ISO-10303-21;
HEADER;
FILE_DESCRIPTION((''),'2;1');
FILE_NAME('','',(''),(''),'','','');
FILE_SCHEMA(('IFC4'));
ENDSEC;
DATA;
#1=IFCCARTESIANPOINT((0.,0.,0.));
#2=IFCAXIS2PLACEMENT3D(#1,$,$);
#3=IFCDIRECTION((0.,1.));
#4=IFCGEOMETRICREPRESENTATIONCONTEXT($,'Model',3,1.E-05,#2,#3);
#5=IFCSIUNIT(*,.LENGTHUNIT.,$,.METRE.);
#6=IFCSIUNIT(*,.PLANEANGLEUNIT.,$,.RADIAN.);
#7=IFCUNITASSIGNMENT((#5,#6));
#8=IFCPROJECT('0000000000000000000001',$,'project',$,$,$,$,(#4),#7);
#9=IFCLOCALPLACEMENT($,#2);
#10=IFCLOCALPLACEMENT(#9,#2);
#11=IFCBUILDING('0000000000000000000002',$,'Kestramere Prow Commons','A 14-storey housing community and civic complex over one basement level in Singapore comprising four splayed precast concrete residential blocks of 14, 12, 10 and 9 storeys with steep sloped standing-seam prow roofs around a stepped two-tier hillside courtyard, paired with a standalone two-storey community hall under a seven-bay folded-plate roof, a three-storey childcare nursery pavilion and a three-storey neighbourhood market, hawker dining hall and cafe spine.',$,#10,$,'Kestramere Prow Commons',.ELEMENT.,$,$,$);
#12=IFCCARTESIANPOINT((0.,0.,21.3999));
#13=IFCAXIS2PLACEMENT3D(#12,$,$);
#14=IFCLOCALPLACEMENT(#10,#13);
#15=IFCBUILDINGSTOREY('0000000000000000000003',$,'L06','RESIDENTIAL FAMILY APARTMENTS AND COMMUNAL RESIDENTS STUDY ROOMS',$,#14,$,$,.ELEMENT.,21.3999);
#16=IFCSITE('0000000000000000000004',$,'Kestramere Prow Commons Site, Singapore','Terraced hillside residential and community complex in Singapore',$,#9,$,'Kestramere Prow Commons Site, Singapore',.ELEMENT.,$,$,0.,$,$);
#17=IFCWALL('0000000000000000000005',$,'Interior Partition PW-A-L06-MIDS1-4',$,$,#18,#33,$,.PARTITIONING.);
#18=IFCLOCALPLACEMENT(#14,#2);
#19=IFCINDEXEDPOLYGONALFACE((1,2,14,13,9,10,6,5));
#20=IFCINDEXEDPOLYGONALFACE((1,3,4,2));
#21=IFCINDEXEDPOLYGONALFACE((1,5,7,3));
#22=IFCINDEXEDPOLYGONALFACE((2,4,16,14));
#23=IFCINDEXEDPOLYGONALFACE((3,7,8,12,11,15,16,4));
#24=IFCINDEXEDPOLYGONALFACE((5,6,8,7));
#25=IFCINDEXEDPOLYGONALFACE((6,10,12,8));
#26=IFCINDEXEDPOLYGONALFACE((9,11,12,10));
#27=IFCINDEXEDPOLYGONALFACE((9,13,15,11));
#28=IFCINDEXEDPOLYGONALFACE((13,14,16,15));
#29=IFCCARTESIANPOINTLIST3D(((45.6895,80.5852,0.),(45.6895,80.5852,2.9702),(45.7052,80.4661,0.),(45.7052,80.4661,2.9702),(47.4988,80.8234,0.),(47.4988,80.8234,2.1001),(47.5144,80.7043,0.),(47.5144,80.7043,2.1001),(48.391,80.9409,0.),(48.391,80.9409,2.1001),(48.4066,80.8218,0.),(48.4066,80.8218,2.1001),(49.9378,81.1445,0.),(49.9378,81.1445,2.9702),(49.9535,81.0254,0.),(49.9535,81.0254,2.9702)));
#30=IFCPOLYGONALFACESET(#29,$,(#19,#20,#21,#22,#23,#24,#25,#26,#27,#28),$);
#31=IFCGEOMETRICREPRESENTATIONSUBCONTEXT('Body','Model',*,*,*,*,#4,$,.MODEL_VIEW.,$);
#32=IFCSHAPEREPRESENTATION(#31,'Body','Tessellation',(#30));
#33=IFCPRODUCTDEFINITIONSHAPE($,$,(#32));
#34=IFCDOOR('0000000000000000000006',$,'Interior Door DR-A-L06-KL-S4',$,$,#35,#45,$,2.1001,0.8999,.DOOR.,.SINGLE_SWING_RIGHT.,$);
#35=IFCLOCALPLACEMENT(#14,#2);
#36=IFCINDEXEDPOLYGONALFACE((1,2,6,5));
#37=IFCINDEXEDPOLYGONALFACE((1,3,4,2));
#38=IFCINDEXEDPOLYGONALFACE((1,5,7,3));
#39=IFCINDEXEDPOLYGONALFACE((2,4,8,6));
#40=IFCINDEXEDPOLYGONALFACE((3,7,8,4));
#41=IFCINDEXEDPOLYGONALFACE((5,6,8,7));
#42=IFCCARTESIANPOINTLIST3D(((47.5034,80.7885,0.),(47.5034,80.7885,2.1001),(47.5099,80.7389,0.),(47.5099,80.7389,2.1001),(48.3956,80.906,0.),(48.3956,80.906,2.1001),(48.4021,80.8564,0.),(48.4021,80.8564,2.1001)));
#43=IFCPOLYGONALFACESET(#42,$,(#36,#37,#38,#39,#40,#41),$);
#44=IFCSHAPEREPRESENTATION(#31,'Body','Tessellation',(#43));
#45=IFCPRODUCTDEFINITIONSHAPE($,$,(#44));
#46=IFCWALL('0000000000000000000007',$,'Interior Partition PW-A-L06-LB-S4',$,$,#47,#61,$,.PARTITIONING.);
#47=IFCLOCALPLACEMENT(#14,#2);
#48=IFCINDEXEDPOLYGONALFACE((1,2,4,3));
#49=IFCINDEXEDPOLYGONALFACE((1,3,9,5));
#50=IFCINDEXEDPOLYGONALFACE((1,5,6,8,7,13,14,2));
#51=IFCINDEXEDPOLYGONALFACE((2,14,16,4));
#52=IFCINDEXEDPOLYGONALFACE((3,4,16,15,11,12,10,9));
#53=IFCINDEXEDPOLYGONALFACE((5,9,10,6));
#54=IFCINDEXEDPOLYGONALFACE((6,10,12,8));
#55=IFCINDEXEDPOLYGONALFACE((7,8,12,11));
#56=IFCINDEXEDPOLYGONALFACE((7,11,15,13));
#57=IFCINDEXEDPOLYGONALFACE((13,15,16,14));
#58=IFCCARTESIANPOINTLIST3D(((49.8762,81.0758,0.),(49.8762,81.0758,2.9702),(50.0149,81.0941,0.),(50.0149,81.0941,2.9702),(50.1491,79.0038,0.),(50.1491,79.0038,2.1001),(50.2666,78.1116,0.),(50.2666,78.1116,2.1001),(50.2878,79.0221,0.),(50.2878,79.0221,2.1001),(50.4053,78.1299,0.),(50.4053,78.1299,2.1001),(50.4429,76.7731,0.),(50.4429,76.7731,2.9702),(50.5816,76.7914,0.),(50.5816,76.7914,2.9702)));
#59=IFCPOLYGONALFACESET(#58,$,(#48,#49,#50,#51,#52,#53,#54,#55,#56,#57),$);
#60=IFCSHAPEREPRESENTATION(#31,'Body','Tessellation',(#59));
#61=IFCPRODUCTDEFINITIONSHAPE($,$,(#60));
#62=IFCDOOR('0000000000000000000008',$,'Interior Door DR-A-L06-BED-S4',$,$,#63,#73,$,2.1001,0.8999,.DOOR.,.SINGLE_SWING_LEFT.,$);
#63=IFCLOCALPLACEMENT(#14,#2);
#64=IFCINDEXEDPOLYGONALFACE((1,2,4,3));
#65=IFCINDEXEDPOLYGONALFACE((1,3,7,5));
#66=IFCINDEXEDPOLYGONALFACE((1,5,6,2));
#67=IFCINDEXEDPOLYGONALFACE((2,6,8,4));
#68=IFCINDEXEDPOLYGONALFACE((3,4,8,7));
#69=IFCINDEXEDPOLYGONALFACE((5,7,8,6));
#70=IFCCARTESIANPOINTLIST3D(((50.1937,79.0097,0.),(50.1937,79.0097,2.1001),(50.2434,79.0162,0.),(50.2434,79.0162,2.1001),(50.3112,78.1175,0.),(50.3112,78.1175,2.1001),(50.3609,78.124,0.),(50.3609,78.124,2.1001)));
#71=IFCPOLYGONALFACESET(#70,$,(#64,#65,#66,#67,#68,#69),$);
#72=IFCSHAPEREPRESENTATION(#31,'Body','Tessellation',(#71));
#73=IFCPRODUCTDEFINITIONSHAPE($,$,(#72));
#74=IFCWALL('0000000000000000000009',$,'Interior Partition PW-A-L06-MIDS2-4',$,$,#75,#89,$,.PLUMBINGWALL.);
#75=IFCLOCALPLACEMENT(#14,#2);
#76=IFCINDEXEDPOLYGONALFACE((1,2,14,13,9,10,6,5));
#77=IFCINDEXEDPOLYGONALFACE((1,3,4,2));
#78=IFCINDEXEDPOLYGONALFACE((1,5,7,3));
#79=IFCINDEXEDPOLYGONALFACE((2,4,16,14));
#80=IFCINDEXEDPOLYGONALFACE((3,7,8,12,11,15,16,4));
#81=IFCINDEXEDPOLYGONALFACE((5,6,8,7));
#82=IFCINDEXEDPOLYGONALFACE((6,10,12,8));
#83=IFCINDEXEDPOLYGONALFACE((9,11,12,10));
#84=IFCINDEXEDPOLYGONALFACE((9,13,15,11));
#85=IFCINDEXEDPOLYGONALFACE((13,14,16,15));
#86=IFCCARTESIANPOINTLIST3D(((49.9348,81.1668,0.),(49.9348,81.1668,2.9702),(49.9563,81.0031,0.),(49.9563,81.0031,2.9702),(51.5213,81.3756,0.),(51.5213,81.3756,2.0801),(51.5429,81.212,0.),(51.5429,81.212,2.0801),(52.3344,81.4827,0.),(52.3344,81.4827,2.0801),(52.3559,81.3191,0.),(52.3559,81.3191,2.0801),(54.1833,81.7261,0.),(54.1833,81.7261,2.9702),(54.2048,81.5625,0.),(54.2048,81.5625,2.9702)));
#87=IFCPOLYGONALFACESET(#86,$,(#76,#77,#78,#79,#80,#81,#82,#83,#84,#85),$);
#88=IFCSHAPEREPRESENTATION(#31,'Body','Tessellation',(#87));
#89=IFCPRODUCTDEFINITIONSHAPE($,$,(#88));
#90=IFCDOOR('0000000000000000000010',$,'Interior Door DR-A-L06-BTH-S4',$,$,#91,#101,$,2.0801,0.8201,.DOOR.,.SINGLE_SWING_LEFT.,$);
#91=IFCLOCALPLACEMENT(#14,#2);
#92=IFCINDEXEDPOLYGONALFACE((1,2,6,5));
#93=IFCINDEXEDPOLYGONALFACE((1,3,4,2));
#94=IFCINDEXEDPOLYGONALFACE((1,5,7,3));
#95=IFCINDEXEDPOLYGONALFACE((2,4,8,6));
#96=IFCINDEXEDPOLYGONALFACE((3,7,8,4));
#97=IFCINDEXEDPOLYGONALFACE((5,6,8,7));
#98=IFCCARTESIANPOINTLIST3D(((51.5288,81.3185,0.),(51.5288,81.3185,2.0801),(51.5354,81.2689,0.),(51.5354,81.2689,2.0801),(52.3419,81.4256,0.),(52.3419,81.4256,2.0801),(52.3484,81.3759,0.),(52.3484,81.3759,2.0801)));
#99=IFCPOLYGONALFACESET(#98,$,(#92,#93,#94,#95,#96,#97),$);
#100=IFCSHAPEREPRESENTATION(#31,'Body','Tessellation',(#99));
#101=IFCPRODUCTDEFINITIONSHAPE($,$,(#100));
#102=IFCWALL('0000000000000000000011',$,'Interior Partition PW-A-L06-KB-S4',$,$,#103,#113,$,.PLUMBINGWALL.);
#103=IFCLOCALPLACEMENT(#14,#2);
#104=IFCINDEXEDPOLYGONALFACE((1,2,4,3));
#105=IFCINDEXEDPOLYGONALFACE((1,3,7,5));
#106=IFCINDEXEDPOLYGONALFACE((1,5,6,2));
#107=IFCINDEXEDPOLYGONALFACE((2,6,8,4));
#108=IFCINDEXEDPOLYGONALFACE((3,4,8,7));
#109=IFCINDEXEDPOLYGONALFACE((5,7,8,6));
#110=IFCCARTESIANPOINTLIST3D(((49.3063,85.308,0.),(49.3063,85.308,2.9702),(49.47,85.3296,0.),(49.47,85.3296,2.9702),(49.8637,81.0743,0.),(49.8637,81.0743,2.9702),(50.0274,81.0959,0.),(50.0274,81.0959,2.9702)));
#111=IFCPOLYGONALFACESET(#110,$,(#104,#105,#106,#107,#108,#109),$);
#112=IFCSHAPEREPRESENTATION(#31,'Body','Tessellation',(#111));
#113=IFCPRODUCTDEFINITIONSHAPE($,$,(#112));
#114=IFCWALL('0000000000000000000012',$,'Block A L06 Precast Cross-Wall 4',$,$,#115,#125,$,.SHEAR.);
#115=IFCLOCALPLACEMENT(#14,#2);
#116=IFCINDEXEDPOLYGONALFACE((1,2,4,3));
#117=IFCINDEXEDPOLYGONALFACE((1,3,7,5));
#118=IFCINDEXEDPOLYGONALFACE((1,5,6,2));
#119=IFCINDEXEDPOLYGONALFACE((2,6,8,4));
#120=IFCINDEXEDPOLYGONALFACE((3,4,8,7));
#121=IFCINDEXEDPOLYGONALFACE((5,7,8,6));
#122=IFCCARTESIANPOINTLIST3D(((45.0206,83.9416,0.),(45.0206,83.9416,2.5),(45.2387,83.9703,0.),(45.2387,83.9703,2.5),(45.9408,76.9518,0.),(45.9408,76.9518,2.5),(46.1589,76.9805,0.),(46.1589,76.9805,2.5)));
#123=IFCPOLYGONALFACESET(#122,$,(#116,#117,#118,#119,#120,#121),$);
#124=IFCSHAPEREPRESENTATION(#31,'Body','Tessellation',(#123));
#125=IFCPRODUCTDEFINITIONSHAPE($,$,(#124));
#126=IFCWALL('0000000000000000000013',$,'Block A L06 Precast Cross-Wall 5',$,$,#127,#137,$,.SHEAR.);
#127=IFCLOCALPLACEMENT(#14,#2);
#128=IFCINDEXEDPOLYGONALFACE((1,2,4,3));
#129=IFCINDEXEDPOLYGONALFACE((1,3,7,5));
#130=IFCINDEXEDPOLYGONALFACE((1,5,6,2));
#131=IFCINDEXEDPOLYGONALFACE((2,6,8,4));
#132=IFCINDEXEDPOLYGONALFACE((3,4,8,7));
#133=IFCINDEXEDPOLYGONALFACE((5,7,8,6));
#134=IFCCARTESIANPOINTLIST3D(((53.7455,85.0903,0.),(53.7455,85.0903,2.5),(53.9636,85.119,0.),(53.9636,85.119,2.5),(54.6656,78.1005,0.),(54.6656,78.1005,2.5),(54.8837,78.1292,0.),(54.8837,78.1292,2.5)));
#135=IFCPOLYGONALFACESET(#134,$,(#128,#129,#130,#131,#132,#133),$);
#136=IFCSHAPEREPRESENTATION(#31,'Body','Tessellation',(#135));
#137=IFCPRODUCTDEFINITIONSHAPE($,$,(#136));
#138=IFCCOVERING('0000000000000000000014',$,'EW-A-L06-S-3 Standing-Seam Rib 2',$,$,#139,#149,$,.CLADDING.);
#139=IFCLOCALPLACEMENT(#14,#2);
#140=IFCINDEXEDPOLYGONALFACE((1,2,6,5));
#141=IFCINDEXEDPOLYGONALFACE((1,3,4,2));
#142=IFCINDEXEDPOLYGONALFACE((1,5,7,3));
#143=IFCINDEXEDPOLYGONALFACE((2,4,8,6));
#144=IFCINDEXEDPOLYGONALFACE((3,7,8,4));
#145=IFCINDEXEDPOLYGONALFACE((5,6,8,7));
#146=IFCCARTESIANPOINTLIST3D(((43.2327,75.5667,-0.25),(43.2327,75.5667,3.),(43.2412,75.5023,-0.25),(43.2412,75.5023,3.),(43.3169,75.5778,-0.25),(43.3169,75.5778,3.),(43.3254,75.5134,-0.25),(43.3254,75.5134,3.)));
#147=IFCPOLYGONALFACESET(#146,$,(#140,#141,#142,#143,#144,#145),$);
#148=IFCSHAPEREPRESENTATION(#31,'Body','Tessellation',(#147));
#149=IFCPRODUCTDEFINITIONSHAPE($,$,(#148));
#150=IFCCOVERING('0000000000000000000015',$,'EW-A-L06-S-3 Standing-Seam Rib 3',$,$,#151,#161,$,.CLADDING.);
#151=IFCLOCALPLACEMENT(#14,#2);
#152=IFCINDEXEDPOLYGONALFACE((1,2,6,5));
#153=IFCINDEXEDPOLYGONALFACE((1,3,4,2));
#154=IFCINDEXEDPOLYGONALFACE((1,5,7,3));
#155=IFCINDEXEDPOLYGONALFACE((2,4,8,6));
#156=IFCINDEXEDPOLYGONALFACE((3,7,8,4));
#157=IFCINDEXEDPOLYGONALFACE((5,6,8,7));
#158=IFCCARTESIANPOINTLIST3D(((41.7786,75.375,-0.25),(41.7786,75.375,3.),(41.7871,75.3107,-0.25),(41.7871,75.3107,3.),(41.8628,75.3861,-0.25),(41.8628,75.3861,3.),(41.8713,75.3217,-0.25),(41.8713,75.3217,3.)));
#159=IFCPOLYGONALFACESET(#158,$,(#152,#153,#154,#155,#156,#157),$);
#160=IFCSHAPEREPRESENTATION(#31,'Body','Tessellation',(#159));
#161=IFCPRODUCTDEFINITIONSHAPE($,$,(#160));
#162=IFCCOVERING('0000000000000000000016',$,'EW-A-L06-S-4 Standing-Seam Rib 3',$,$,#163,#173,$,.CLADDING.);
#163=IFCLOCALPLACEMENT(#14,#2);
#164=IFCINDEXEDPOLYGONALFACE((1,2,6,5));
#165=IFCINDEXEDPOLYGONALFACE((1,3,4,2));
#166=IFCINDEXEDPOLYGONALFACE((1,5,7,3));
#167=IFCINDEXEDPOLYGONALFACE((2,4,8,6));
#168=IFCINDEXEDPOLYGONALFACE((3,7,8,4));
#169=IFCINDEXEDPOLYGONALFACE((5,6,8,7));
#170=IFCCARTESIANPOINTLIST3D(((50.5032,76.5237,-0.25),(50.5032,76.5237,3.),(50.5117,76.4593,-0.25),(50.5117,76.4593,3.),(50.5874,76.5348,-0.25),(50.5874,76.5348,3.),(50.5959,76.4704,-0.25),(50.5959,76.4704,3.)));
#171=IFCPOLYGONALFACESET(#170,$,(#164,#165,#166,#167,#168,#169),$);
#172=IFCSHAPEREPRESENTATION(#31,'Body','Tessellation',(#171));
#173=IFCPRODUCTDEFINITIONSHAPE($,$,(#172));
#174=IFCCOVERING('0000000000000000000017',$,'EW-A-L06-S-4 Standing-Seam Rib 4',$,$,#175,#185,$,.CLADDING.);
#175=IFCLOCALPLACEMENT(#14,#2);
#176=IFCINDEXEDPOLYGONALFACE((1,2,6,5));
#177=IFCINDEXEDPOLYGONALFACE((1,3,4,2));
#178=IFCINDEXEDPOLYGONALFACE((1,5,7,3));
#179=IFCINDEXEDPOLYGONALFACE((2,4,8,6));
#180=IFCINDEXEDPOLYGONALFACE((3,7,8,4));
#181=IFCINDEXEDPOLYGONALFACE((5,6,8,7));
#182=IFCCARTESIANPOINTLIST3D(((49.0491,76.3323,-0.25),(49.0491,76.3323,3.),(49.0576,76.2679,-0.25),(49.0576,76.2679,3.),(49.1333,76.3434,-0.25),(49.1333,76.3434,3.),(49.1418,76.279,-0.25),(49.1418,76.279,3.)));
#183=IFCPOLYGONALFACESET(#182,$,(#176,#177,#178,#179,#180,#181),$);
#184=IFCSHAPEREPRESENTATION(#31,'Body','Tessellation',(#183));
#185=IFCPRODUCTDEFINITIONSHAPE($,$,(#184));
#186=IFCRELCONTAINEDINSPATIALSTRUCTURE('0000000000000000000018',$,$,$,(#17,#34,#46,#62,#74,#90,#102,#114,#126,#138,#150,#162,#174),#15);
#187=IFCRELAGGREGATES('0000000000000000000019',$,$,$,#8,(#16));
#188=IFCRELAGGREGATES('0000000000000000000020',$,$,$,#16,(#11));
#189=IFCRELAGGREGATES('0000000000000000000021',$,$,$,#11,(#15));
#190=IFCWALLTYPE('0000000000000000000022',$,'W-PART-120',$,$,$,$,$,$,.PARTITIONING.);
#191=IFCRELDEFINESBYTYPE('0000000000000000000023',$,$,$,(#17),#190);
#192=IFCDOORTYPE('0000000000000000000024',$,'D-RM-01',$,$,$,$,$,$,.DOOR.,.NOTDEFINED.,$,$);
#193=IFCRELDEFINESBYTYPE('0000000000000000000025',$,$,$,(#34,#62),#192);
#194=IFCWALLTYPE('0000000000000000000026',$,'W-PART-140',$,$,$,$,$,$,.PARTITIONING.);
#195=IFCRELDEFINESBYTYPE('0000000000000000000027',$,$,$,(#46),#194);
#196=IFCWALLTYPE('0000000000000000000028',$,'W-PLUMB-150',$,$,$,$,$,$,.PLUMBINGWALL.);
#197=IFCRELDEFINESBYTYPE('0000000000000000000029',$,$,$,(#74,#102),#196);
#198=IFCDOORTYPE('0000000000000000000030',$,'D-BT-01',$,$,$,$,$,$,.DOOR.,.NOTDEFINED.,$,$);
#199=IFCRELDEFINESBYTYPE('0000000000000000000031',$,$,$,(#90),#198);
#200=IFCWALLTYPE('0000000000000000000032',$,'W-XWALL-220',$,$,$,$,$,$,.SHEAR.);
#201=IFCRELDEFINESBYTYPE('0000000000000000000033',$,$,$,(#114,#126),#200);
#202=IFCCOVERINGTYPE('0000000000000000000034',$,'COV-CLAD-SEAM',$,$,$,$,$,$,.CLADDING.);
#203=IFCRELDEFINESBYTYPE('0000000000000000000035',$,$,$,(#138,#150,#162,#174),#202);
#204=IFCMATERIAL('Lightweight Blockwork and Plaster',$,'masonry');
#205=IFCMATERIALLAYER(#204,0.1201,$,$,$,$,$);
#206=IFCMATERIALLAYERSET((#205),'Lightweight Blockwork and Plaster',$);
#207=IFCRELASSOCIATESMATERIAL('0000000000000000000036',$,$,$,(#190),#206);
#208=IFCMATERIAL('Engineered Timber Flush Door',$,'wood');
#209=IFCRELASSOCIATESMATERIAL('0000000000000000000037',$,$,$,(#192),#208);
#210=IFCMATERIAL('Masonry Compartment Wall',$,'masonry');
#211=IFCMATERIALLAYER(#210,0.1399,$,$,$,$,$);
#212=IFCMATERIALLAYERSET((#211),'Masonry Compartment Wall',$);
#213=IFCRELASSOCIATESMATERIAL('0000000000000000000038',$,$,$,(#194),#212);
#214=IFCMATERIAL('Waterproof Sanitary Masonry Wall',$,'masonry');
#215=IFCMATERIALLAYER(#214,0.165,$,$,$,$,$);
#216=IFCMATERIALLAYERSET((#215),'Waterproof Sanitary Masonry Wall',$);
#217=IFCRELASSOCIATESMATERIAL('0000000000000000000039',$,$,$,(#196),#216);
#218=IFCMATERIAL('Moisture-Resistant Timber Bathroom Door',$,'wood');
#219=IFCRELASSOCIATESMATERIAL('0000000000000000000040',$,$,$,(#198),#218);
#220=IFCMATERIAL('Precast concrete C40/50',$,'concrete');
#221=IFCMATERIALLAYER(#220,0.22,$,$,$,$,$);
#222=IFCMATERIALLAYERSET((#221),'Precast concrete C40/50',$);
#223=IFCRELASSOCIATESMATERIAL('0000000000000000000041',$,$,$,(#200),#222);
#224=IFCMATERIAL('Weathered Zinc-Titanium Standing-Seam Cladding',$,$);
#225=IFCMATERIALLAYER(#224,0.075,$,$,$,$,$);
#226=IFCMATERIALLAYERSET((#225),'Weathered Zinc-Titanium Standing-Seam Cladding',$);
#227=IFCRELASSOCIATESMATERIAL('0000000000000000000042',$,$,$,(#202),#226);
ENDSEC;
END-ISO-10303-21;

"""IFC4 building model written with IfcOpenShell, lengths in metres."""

from ifc_helpers import new_model, si_unit, direction, frame, frame_2d, origin, origin_2d, place, context, subcontext, project, spatial, rectangle, extrude, material, layer, layer_set, type_object, element, fill, save


model = new_model("IFC4")

# Units and contexts
model_context = context("Model", 3, precision=1e-05, world=origin(), true_north=direction((0.0, 1.0)))
body_context = subcontext(model_context, "Body", "Model", "MODEL_VIEW")
ifc_project = project(units=[si_unit("LENGTHUNIT", "METRE"), si_unit("PLANEANGLEUNIT", "RADIAN")], contexts=[model_context])

# Site, building, storey
site_placement = place(None, origin())
site = spatial("IfcSite", under=ifc_project, at=site_placement, Name="Kestramere Prow Commons Site, Singapore", Description="Terraced hillside residential and community complex in Singapore", LongName="Kestramere Prow Commons Site, Singapore", CompositionType="ELEMENT", RefElevation=0.0)
building_placement = place(site_placement, origin())
building = spatial("IfcBuilding", under=site, at=building_placement, Name="Kestramere Prow Commons", Description="A 14-storey housing community and civic complex over one basement level in Singapore comprising four splayed precast concrete residential blocks of 14, 12, 10 and 9 storeys with steep sloped standing-seam prow roofs around a stepped two-tier hillside courtyard, paired with a standalone two-storey community hall under a seven-bay folded-plate roof, a three-storey childcare nursery pavilion and a three-storey neighbourhood market, hawker dining hall and cafe spine.", LongName="Kestramere Prow Commons", CompositionType="ELEMENT")
storey_placement = place(building_placement, frame((0.0, 0.0, 21.3999)))
storey = spatial("IfcBuildingStorey", under=building, at=storey_placement, Name="L06", Description="RESIDENTIAL FAMILY APARTMENTS AND COMMUNAL RESIDENTS STUDY ROOMS", CompositionType="ELEMENT", Elevation=21.3999)

# Shared definitions
ifc_material_1 = material(Name="Precast concrete C40/50", Category="concrete")

# Walls, openings, doors
ifc_material_2 = material(Name="Lightweight Blockwork and Plaster", Category="masonry")
ifc_layer_1 = layer(ifc_material_2, 0.1201)
ifc_layer_set_1 = layer_set([ifc_layer_1], Name="Lightweight Blockwork and Plaster")
wall_type_1 = type_object("IfcWallType", Name="W-PART-120", PredefinedType="PARTITIONING", material=ifc_layer_set_1)
wall_1_placement = place(storey_placement, frame((45.6973, 80.5256, 0.0), z_axis=(0.0, 0.0, 1.0), x_axis=(0.991444, 0.130533, 0.0)))
wall_1 = element("IfcWall", 1, at=wall_1_placement, inside=storey, type_object=wall_type_1, Name="Interior Partition PW-A-L06-MIDS1-4", PredefinedType="PARTITIONING", context=body_context, shape_type="SweptSolid", body=[
    extrude(rectangle(XDim=4.2849, YDim=0.1201, at=frame_2d((2.1426, 0.0))), origin(), (0.0, 0.0, 1.0), 2.9702),
])
opening_1_placement = place(wall_1_placement, frame((1.825, 0.0, 0.0)))
opening_1 = element("IfcOpeningElement", 2, at=opening_1_placement, cuts=wall_1, PredefinedType="OPENING", context=body_context, shape_type="SweptSolid", body=[
    extrude(rectangle(XDim=0.8999, YDim=2.1001, at=frame_2d((0.45, 1.05))), frame((0.0, 0.075, 0.0), z_axis=(0.0, -1.0, 0.0), x_axis=(1.0, 0.0, 0.0)), (0.0, 0.0, 1.0), 0.1501),
])
ifc_material_3 = material(Name="Engineered Timber Flush Door", Category="wood")
door_type_1 = type_object("IfcDoorType", Name="D-RM-01", OperationType="NOTDEFINED", PredefinedType="DOOR", material=ifc_material_3)
door_1_placement = place(opening_1_placement, origin())
door_1 = element("IfcDoor", 3, at=door_1_placement, inside=storey, type_object=door_type_1, Name="Interior Door DR-A-L06-KL-S4", OperationType="SINGLE_SWING_RIGHT", OverallHeight=2.1001, OverallWidth=0.8999, PredefinedType="DOOR", context=body_context, shape_type="SweptSolid", body=[
    extrude(rectangle(XDim=0.8999, YDim=2.1001, at=frame_2d((0.45, 1.05))), frame((0.0, 0.0249, 0.0), z_axis=(0.0, -1.0, 0.0), x_axis=(1.0, 0.0, 0.0)), (0.0, 0.0, 1.0), 0.05),
])
fill(opening_1, door_1)
ifc_material_4 = material(Name="Masonry Compartment Wall", Category="masonry")
ifc_layer_2 = layer(ifc_material_4, 0.1399)
ifc_layer_set_2 = layer_set([ifc_layer_2], Name="Masonry Compartment Wall")
wall_type_2 = type_object("IfcWallType", Name="W-PART-140", PredefinedType="PARTITIONING", material=ifc_layer_set_2)
wall_2_placement = place(storey_placement, frame((50.5122, 76.7822, 0.0), z_axis=(0.0, 0.0, 1.0), x_axis=(-0.130568, 0.991439, 0.0)))
wall_2 = element("IfcWall", 4, at=wall_2_placement, inside=storey, type_object=wall_type_2, Name="Interior Partition PW-A-L06-LB-S4", PredefinedType="PARTITIONING", context=body_context, shape_type="SweptSolid", body=[
    extrude(rectangle(XDim=4.3398, YDim=0.1399, at=frame_2d((2.1699, 0.0))), origin(), (0.0, 0.0, 1.0), 2.9702),
])
opening_2_placement = place(wall_2_placement, frame((1.3501, 0.0, 0.0)))
opening_2 = element("IfcOpeningElement", 5, at=opening_2_placement, cuts=wall_2, PredefinedType="OPENING", context=body_context, shape_type="SweptSolid", body=[
    extrude(rectangle(XDim=0.8999, YDim=2.1001, at=frame_2d((0.45, 1.05))), frame((0.0, 0.085, 0.0), z_axis=(0.0, -1.0, 0.0), x_axis=(1.0, 0.0, 0.0)), (0.0, 0.0, 1.0), 0.1699),
])
door_2_placement = place(opening_2_placement, origin())
door_2 = element("IfcDoor", 6, at=door_2_placement, inside=storey, type_object=door_type_1, Name="Interior Door DR-A-L06-BED-S4", OperationType="SINGLE_SWING_LEFT", OverallHeight=2.1001, OverallWidth=0.8999, PredefinedType="DOOR", context=body_context, shape_type="SweptSolid", body=[
    extrude(rectangle(XDim=0.8999, YDim=2.1001, at=frame_2d((0.45, 1.05))), frame((0.0, 0.0249, 0.0), z_axis=(0.0, -1.0, 0.0), x_axis=(1.0, 0.0, 0.0)), (0.0, 0.0, 1.0), 0.05),
])
fill(opening_2, door_2)
ifc_material_5 = material(Name="Waterproof Sanitary Masonry Wall", Category="masonry")
ifc_layer_3 = layer(ifc_material_5, 0.165)
ifc_layer_set_3 = layer_set([ifc_layer_3], Name="Waterproof Sanitary Masonry Wall")
wall_type_3 = type_object("IfcWallType", Name="W-PLUMB-150", PredefinedType="PLUMBINGWALL", material=ifc_layer_set_3)
wall_3_placement = place(storey_placement, frame((49.9456, 81.085, 0.0), z_axis=(0.0, 0.0, 1.0), x_axis=(0.991445, 0.130525, 0.0)))
wall_3 = element("IfcWall", 7, at=wall_3_placement, inside=storey, type_object=wall_type_3, Name="Interior Partition PW-A-L06-MIDS2-4", PredefinedType="PLUMBINGWALL", context=body_context, shape_type="SweptSolid", body=[
    extrude(rectangle(XDim=4.2852, YDim=0.165, at=frame_2d((2.1426, 0.0))), origin(), (0.0, 0.0, 1.0), 2.9702),
])
opening_3_placement = place(wall_3_placement, frame((1.6001, 0.0, 0.0)))
opening_3 = element("IfcOpeningElement", 8, at=opening_3_placement, cuts=wall_3, PredefinedType="OPENING", context=body_context, shape_type="SweptSolid", body=[
    extrude(rectangle(XDim=0.8201, YDim=2.0801, at=frame_2d((0.4102, 1.04))), frame((0.0, 0.0974, 0.0), z_axis=(0.0, -1.0, 0.0), x_axis=(1.0, 0.0, 0.0)), (0.0, 0.0, 1.0), 0.1951),
])
ifc_material_6 = material(Name="Moisture-Resistant Timber Bathroom Door", Category="wood")
door_type_2 = type_object("IfcDoorType", Name="D-BT-01", OperationType="NOTDEFINED", PredefinedType="DOOR", material=ifc_material_6)
door_3_placement = place(opening_3_placement, origin())
door_3 = element("IfcDoor", 9, at=door_3_placement, inside=storey, type_object=door_type_2, Name="Interior Door DR-A-L06-BTH-S4", OperationType="SINGLE_SWING_LEFT", OverallHeight=2.0801, OverallWidth=0.8201, PredefinedType="DOOR", context=body_context, shape_type="SweptSolid", body=[
    extrude(rectangle(XDim=0.8201, YDim=2.0801, at=frame_2d((0.4102, 1.04))), frame((0.0, 0.0249, 0.0), z_axis=(0.0, -1.0, 0.0), x_axis=(1.0, 0.0, 0.0)), (0.0, 0.0, 1.0), 0.05),
])
fill(opening_3, door_3)

# Walls
wall_4_placement = place(storey_placement, frame((49.9456, 81.085, 0.0), z_axis=(0.0, 0.0, 1.0), x_axis=(-0.130527, 0.991445, 0.0)))
element("IfcWall", 10, at=wall_4_placement, inside=storey, type_object=wall_type_3, Name="Interior Partition PW-A-L06-KB-S4", PredefinedType="PLUMBINGWALL", context=body_context, shape_type="SweptSolid", body=[
    extrude(rectangle(XDim=4.2703, YDim=0.165, at=frame_2d((2.1353, 0.0))), origin(), (0.0, 0.0, 1.0), 2.9702),
])
ifc_layer_4 = layer(ifc_material_1, 0.22)
ifc_layer_set_4 = layer_set([ifc_layer_4], Name="Precast concrete C40/50")
wall_type_4 = type_object("IfcWallType", Name="W-XWALL-220", PredefinedType="SHEAR", material=ifc_layer_set_4)
for number, where, z_axis, x_axis, name in (
    (11, (46.0498, 76.9663, 0.0), (0.0, 0.0, 1.0), (-0.130519, 0.991446, 0.0), "Block A L06 Precast Cross-Wall 4"),
    (12, (54.7747, 78.115, 0.0), (0.0, 0.0, 1.0), (-0.130519, 0.991446, 0.0), "Block A L06 Precast Cross-Wall 5"),
):
    element("IfcWall", number, at=place(storey_placement, frame(where, z_axis=z_axis, x_axis=x_axis)), inside=storey, type_object=wall_type_4, Name=name, PredefinedType="SHEAR", context=body_context, shape_type="SweptSolid", body=[
        extrude(rectangle(XDim=7.05, YDim=0.22, at=frame_2d((3.5249, 0.0))), origin(), (0.0, 0.0, 1.0), 2.5),
    ])

# Coverings
ifc_material_7 = material(Name="Weathered Zinc-Titanium Standing-Seam Cladding")
ifc_layer_5 = layer(ifc_material_7, 0.075)
ifc_layer_set_5 = layer_set([ifc_layer_5], Name="Weathered Zinc-Titanium Standing-Seam Cladding")
covering_type = type_object("IfcCoveringType", Name="COV-CLAD-SEAM", PredefinedType="CLADDING", material=ifc_layer_set_5)
for number, where, z_axis, x_axis, name in (
    (13, (43.2791, 75.54, -0.25), (0.0, 0.0, 1.0), (-0.991445, -0.130526, 0.0), "EW-A-L06-S-3 Standing-Seam Rib 2"),
    (14, (41.825, 75.3484, -0.25), (0.0, 0.0, 1.0), (-0.991445, -0.130526, 0.0), "EW-A-L06-S-3 Standing-Seam Rib 3"),
    (15, (50.5496, 76.4971, -0.25), (0.0, 0.0, 1.0), (-0.991445, -0.130526, 0.0), "EW-A-L06-S-4 Standing-Seam Rib 3"),
    (16, (49.0955, 76.3057, -0.25), (0.0, 0.0, 1.0), (-0.991445, -0.130526, 0.0), "EW-A-L06-S-4 Standing-Seam Rib 4"),
):
    element("IfcCovering", number, at=place(storey_placement, frame(where, z_axis=z_axis, x_axis=x_axis)), inside=storey, type_object=covering_type, Name=name, PredefinedType="CLADDING", context=body_context, shape_type="SweptSolid", body=[
        extrude(rectangle(XDim=0.085, YDim=0.0649, at=origin_2d()), origin(), (0.0, 0.0, 1.0), 3.25),
    ])

save(model, "model.ifc")
